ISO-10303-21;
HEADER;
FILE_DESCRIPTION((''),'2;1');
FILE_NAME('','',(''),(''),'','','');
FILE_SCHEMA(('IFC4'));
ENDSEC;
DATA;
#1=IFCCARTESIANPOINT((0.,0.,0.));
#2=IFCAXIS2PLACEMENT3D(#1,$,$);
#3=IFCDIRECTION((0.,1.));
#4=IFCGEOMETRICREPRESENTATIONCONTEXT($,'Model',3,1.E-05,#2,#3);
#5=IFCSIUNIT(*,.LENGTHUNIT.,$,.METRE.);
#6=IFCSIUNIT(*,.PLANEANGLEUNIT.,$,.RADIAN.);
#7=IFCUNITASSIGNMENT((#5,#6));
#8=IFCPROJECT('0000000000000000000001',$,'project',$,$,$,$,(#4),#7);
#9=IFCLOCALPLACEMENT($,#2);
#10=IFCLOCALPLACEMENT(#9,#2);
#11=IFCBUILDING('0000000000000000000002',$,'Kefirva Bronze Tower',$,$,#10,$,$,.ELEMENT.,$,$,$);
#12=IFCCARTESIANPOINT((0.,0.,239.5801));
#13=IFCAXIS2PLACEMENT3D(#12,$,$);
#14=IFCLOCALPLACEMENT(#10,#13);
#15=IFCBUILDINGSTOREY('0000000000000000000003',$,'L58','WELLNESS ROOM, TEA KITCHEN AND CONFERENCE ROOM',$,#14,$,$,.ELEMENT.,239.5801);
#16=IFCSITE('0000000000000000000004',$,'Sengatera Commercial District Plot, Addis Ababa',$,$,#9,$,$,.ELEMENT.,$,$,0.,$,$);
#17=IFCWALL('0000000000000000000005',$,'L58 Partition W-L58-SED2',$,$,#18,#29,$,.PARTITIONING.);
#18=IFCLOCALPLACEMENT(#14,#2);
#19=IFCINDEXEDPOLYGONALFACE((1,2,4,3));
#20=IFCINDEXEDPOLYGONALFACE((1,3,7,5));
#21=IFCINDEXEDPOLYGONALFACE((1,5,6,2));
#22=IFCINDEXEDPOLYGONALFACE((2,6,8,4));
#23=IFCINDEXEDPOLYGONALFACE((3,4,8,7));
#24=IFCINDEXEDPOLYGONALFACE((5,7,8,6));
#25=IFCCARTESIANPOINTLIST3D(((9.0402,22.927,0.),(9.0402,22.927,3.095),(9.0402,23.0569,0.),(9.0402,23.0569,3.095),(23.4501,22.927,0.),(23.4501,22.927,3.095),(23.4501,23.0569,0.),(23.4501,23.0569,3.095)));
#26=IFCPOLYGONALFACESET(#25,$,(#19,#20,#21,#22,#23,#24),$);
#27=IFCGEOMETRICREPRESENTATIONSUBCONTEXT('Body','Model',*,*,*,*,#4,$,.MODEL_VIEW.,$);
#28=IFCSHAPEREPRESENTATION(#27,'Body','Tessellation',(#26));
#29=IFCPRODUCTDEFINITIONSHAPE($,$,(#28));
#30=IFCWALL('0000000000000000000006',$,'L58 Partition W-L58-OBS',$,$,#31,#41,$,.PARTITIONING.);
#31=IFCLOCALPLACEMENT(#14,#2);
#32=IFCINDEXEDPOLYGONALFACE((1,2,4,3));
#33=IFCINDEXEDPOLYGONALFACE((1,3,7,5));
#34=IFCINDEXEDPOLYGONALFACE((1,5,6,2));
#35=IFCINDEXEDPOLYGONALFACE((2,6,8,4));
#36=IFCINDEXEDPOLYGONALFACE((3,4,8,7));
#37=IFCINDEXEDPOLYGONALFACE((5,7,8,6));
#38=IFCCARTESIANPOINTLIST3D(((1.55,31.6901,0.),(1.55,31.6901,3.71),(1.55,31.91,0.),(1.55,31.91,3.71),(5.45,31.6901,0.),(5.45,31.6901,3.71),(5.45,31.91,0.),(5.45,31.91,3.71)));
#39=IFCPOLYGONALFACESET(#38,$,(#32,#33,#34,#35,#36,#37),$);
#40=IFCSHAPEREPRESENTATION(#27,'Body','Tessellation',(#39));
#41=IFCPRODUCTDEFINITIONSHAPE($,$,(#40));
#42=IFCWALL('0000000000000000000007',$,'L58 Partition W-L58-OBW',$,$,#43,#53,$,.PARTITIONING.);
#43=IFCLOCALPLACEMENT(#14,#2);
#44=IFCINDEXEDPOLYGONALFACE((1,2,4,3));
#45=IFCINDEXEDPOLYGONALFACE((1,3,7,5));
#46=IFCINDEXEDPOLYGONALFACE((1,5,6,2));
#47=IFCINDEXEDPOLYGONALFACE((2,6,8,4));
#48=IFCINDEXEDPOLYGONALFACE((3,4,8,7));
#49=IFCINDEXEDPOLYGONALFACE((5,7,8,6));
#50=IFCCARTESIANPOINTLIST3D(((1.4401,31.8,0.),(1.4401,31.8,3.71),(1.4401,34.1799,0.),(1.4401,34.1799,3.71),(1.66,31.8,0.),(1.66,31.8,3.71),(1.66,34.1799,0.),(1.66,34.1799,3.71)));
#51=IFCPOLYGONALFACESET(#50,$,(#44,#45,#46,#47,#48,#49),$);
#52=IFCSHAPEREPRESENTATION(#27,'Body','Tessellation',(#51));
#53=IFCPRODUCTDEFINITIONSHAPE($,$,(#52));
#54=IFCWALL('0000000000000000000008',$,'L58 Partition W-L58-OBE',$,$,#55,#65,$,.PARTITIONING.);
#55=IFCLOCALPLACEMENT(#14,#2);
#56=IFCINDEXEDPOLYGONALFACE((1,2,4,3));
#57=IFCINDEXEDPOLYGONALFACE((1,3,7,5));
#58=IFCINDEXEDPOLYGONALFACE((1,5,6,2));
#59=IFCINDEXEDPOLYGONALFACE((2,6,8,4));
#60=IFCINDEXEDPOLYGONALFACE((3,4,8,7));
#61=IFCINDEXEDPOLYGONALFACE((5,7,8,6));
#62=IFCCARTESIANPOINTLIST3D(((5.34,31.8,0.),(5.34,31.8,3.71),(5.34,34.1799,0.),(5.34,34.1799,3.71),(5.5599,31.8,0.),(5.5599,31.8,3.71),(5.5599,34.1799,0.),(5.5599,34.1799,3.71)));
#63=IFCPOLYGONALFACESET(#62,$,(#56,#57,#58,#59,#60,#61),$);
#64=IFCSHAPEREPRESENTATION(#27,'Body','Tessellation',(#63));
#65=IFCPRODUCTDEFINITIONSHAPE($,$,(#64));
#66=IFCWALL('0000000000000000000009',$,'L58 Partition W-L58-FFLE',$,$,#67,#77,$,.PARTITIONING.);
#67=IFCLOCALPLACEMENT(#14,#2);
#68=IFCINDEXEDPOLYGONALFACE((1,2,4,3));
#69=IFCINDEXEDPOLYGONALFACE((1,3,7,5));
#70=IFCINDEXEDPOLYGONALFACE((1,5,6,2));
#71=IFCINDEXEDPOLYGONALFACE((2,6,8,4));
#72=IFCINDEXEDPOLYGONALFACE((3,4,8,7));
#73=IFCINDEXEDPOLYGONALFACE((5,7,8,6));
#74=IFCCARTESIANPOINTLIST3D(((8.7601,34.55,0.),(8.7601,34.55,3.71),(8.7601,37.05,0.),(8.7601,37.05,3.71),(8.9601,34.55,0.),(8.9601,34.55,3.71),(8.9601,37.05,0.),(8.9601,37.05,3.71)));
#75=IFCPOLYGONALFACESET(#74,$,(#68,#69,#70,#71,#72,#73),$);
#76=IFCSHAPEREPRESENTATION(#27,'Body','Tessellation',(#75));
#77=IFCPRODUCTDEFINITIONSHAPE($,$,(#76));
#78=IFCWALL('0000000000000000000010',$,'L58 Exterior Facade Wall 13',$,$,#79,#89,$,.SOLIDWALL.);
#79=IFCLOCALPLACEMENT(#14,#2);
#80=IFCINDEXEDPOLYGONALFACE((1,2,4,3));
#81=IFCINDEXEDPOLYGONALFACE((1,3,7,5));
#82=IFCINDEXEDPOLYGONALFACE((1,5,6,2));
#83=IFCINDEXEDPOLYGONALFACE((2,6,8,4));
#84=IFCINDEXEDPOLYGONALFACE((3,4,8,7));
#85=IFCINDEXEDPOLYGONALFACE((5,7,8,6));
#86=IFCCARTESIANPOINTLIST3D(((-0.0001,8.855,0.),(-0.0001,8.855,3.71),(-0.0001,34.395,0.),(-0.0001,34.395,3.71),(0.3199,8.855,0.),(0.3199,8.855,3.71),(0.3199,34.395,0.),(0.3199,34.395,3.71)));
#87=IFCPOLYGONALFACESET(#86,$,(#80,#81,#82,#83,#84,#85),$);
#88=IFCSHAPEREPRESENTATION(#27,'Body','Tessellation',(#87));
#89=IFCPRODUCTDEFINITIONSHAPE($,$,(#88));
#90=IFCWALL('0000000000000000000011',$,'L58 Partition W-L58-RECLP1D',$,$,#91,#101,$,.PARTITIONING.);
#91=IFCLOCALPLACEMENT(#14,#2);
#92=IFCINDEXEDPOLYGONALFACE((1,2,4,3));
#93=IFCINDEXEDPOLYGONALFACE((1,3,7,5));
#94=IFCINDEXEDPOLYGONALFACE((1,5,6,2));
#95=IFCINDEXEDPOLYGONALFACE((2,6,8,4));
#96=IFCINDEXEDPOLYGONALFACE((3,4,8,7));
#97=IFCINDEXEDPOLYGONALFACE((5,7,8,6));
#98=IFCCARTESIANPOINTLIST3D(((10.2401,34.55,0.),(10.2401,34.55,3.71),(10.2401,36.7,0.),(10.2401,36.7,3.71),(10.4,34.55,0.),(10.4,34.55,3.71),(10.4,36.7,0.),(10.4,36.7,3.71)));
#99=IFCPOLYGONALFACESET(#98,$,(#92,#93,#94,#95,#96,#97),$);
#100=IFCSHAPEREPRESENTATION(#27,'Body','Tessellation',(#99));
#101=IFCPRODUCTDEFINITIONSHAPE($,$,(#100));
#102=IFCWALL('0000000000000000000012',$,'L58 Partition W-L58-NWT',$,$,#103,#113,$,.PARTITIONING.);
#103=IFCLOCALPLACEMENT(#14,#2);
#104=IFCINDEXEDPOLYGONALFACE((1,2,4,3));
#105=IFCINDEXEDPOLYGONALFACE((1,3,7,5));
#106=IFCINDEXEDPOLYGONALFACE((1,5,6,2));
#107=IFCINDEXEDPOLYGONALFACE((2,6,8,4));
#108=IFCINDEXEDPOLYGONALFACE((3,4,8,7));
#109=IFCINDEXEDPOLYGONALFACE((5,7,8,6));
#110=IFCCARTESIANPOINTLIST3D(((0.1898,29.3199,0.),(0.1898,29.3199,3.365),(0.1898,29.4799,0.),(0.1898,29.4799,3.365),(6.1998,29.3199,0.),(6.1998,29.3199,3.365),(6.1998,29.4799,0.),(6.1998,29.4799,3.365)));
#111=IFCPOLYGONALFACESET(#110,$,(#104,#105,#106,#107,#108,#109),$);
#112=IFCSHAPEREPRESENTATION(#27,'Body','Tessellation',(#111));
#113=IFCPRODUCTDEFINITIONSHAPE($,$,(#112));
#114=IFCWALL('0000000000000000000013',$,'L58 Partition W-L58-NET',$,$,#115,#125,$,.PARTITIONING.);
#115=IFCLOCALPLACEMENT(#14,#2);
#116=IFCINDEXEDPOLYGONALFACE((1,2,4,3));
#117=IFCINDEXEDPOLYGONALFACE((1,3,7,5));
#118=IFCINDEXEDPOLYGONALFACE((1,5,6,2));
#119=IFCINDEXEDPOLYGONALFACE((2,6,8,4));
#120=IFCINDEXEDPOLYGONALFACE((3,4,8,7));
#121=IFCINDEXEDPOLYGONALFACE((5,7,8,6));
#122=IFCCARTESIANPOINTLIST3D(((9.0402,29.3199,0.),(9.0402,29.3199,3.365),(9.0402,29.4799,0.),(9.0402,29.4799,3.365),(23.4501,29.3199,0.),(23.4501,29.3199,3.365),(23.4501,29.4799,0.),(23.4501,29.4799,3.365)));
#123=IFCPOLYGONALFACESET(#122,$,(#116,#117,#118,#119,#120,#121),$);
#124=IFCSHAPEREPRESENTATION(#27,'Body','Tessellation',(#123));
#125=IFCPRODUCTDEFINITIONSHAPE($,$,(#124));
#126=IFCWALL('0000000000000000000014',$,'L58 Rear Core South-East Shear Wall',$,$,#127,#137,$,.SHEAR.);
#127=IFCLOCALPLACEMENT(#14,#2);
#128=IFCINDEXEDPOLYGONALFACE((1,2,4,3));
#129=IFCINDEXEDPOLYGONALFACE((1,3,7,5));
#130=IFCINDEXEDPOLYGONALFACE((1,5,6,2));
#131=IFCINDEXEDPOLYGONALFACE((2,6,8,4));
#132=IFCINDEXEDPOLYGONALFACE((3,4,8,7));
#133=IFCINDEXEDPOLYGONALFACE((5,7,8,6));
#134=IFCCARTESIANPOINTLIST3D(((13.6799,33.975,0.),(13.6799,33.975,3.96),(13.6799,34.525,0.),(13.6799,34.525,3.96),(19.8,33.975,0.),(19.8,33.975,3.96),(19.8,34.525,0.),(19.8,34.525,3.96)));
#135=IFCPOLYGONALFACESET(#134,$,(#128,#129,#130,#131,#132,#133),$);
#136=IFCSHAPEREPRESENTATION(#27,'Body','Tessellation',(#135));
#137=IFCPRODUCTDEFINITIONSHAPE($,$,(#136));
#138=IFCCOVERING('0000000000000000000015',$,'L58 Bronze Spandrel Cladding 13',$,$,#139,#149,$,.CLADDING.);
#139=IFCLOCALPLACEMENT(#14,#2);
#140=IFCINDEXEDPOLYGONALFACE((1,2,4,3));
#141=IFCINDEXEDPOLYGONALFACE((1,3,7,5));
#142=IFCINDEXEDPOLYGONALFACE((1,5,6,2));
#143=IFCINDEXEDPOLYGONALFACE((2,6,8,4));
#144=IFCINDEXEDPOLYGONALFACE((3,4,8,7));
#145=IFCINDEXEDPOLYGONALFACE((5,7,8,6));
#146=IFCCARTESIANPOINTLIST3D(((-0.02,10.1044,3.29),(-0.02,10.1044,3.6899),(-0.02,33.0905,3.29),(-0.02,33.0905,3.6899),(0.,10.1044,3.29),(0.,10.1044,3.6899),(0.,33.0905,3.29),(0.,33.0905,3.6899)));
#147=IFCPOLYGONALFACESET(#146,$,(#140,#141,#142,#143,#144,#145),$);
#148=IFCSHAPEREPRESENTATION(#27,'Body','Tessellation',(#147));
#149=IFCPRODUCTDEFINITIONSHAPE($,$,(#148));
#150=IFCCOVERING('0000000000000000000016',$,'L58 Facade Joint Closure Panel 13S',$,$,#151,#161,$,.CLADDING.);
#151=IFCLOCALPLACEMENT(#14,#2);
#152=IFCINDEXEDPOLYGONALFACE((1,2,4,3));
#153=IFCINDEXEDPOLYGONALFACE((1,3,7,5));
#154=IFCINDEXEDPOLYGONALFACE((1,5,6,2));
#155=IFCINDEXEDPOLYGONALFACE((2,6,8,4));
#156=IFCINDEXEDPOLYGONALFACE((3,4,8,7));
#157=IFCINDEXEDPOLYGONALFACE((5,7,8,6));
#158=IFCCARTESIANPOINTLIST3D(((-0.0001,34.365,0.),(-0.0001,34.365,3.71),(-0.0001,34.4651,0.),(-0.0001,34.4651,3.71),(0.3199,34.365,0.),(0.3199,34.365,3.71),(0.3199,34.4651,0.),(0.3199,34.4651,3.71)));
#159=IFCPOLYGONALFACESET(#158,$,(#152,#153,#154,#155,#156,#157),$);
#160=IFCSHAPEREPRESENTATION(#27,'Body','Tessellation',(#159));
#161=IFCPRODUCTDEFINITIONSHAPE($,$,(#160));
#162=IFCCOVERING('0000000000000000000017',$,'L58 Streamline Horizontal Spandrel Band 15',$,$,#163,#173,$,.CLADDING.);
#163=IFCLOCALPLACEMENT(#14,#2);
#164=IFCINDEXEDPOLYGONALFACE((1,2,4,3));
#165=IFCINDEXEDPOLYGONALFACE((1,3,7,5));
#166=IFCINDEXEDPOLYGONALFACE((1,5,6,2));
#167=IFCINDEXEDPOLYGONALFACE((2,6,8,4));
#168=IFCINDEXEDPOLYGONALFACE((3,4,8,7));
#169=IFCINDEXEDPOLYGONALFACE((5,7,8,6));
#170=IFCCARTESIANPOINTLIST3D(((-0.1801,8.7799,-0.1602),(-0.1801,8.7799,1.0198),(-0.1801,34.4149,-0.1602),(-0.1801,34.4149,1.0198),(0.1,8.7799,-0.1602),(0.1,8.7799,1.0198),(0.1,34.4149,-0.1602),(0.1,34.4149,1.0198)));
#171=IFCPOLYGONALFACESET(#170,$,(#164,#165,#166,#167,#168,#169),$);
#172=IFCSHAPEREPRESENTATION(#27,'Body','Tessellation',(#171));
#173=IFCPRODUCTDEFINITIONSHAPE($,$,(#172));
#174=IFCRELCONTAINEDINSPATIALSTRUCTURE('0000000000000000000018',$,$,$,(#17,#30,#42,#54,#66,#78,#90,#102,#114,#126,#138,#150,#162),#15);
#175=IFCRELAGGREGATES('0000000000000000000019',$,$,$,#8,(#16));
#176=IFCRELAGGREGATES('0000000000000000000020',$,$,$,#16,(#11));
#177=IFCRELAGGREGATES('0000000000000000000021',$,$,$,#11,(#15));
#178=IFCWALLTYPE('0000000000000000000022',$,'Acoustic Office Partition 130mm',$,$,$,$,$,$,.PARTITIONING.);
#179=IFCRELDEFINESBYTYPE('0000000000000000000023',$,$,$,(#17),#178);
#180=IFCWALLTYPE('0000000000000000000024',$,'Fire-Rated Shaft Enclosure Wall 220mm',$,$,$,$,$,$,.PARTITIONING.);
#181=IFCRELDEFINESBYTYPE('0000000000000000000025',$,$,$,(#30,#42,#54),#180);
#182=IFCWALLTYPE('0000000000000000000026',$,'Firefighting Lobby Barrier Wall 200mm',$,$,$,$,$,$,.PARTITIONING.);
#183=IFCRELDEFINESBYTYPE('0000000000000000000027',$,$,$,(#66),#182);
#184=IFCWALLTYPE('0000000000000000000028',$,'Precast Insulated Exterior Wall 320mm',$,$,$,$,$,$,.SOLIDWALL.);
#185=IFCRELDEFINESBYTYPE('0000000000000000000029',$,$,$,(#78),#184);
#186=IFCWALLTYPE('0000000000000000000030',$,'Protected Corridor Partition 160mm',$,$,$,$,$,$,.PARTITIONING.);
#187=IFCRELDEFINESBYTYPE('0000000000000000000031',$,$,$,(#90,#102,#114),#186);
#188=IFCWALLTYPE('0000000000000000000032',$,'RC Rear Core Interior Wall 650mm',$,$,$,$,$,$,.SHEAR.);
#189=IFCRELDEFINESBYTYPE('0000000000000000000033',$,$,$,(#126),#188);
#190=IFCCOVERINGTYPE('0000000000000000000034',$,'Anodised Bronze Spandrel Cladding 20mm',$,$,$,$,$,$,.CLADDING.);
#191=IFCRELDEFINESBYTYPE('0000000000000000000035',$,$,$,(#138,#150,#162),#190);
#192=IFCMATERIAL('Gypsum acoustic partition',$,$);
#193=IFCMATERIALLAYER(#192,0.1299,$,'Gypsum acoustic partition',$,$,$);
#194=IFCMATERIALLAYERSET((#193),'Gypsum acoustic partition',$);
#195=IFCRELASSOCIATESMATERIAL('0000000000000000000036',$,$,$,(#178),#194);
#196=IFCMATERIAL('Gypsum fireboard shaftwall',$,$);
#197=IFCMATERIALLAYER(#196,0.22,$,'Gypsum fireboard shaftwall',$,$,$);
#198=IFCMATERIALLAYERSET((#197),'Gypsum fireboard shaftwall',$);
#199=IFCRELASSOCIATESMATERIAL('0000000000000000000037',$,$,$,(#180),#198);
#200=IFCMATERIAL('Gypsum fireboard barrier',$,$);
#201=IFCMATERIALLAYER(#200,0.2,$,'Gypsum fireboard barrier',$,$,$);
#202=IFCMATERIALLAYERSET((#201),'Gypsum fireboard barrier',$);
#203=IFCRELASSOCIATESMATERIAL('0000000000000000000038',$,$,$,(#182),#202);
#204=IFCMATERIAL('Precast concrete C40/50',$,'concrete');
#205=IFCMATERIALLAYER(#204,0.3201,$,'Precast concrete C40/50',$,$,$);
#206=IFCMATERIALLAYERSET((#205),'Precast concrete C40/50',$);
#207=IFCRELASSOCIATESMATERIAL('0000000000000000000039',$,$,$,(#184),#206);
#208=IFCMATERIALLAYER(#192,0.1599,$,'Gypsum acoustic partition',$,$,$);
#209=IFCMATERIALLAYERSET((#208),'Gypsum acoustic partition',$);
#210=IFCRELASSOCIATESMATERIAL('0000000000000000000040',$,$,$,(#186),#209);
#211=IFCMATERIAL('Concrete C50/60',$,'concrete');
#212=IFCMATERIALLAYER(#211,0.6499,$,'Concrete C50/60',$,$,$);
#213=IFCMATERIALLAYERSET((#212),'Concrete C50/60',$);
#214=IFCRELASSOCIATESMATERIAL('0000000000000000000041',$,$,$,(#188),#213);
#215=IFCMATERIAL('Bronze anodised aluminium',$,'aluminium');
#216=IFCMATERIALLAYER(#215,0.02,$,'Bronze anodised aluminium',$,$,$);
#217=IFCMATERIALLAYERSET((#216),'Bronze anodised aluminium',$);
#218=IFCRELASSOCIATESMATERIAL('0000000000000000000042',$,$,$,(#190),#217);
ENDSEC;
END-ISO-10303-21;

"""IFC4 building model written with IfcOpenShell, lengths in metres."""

from ifc_helpers import new_model, si_unit, direction, frame, frame_2d, origin, origin_2d, place, context, subcontext, project, spatial, rectangle, extrude, material, layer, layer_set, type_object, element, save


model = new_model("IFC4")

# Units and contexts
model_context = context("Model", 3, precision=1e-05, world=origin(), true_north=direction((0.0, 1.0)))
body_context = subcontext(model_context, "Body", "Model", "MODEL_VIEW")
ifc_project = project(units=[si_unit("LENGTHUNIT", "METRE"), si_unit("PLANEANGLEUNIT", "RADIAN")], contexts=[model_context])

# Site, building, storey
site_placement = place(None, origin())
site = spatial("IfcSite", under=ifc_project, at=site_placement, Name="Sengatera Commercial District Plot, Addis Ababa", CompositionType="ELEMENT", RefElevation=0.0)
building_placement = place(site_placement, origin())
building = spatial("IfcBuilding", under=site, at=building_placement, Name="Kefirva Bronze Tower", CompositionType="ELEMENT")
storey_placement = place(building_placement, frame((0.0, 0.0, 239.5801)))
storey = spatial("IfcBuildingStorey", under=building, at=storey_placement, Name="L58", Description="WELLNESS ROOM, TEA KITCHEN AND CONFERENCE ROOM", CompositionType="ELEMENT", Elevation=239.5801)

# Shared definitions
ifc_material_1 = material(Name="Concrete C50/60", Category="concrete")

# Walls
ifc_material_2 = material(Name="Gypsum acoustic partition")
ifc_layer_1 = layer(ifc_material_2, 0.1299, Name="Gypsum acoustic partition")
ifc_layer_set_1 = layer_set([ifc_layer_1], Name="Gypsum acoustic partition")
wall_type_1 = type_object("IfcWallType", Name="Acoustic Office Partition 130mm", PredefinedType="PARTITIONING", material=ifc_layer_set_1)
wall_1_placement = place(storey_placement, frame((9.04, 22.9919, 0.0), z_axis=(0.0, 0.0, 1.0), x_axis=(1.0, 0.0, 0.0)))
element("IfcWall", 1, at=wall_1_placement, inside=storey, type_object=wall_type_1, Name="L58 Partition W-L58-SED2", PredefinedType="PARTITIONING", context=body_context, shape_type="SweptSolid", body=[
    extrude(rectangle(XDim=14.4099, YDim=0.1299, at=frame_2d((7.2051, 0.0))), origin(), (0.0, 0.0, 1.0), 3.095),
])
ifc_material_3 = material(Name="Gypsum fireboard shaftwall")
ifc_layer_2 = layer(ifc_material_3, 0.22, Name="Gypsum fireboard shaftwall")
ifc_layer_set_2 = layer_set([ifc_layer_2], Name="Gypsum fireboard shaftwall")
wall_type_2 = type_object("IfcWallType", Name="Fire-Rated Shaft Enclosure Wall 220mm", PredefinedType="PARTITIONING", material=ifc_layer_set_2)
wall_2_placement = place(storey_placement, frame((1.55, 31.8, 0.0), z_axis=(0.0, 0.0, 1.0), x_axis=(1.0, 0.0, 0.0)))
element("IfcWall", 2, at=wall_2_placement, inside=storey, type_object=wall_type_2, Name="L58 Partition W-L58-OBS", PredefinedType="PARTITIONING", context=body_context, shape_type="SweptSolid", body=[
    extrude(rectangle(XDim=3.8999, YDim=0.22, at=frame_2d((1.95, 0.0))), origin(), (0.0, 0.0, 1.0), 3.71),
])
for number, where, z_axis, x_axis, name in (
    (3, (1.55, 31.8, 0.0), (0.0, 0.0, 1.0), (0.0, 1.0, 0.0), "L58 Partition W-L58-OBW"),
    (4, (5.45, 31.8, 0.0), (0.0, 0.0, 1.0), (0.0, 1.0, 0.0), "L58 Partition W-L58-OBE"),
):
    element("IfcWall", number, at=place(storey_placement, frame(where, z_axis=z_axis, x_axis=x_axis)), inside=storey, type_object=wall_type_2, Name=name, PredefinedType="PARTITIONING", context=body_context, shape_type="SweptSolid", body=[
        extrude(rectangle(XDim=2.3799, YDim=0.22, at=frame_2d((1.1899, 0.0))), origin(), (0.0, 0.0, 1.0), 3.71),
    ])
ifc_material_4 = material(Name="Gypsum fireboard barrier")
ifc_layer_3 = layer(ifc_material_4, 0.2, Name="Gypsum fireboard barrier")
ifc_layer_set_3 = layer_set([ifc_layer_3], Name="Gypsum fireboard barrier")
wall_type_3 = type_object("IfcWallType", Name="Firefighting Lobby Barrier Wall 200mm", PredefinedType="PARTITIONING", material=ifc_layer_set_3)
wall_3_placement = place(storey_placement, frame((8.8601, 34.55, 0.0), z_axis=(0.0, 0.0, 1.0), x_axis=(0.0, 1.0, 0.0)))
element("IfcWall", 5, at=wall_3_placement, inside=storey, type_object=wall_type_3, Name="L58 Partition W-L58-FFLE", PredefinedType="PARTITIONING", context=body_context, shape_type="SweptSolid", body=[
    extrude(rectangle(XDim=2.5, YDim=0.2, at=frame_2d((1.25, 0.0))), origin(), (0.0, 0.0, 1.0), 3.71),
])
ifc_material_5 = material(Name="Precast concrete C40/50", Category="concrete")
ifc_layer_4 = layer(ifc_material_5, 0.3201, Name="Precast concrete C40/50")
ifc_layer_set_4 = layer_set([ifc_layer_4], Name="Precast concrete C40/50")
wall_type_4 = type_object("IfcWallType", Name="Precast Insulated Exterior Wall 320mm", PredefinedType="SOLIDWALL", material=ifc_layer_set_4)
wall_4_placement = place(storey_placement, frame((0.1599, 34.395, 0.0), z_axis=(0.0, 0.0, 1.0), x_axis=(0.0, -1.0, 0.0)))
element("IfcWall", 6, at=wall_4_placement, inside=storey, type_object=wall_type_4, Name="L58 Exterior Facade Wall 13", PredefinedType="SOLIDWALL", context=body_context, shape_type="SweptSolid", body=[
    extrude(rectangle(XDim=25.54, YDim=0.3201, at=frame_2d((12.77, 0.0))), origin(), (0.0, 0.0, 1.0), 3.71),
])
ifc_layer_5 = layer(ifc_material_2, 0.1599, Name="Gypsum acoustic partition")
ifc_layer_set_5 = layer_set([ifc_layer_5], Name="Gypsum acoustic partition")
wall_type_5 = type_object("IfcWallType", Name="Protected Corridor Partition 160mm", PredefinedType="PARTITIONING", material=ifc_layer_set_5)
wall_5_placement = place(storey_placement, frame((10.3201, 34.55, 0.0), z_axis=(0.0, 0.0, 1.0), x_axis=(0.0, 1.0, 0.0)))
element("IfcWall", 7, at=wall_5_placement, inside=storey, type_object=wall_type_5, Name="L58 Partition W-L58-RECLP1D", PredefinedType="PARTITIONING", context=body_context, shape_type="SweptSolid", body=[
    extrude(rectangle(XDim=2.1499, YDim=0.1599, at=frame_2d((1.075, 0.0))), origin(), (0.0, 0.0, 1.0), 3.71),
])
wall_6_placement = place(storey_placement, frame((0.1899, 29.3999, 0.0), z_axis=(0.0, 0.0, 1.0), x_axis=(1.0, 0.0, 0.0)))
element("IfcWall", 8, at=wall_6_placement, inside=storey, type_object=wall_type_5, Name="L58 Partition W-L58-NWT", PredefinedType="PARTITIONING", context=body_context, shape_type="SweptSolid", body=[
    extrude(rectangle(XDim=6.01, YDim=0.1599, at=frame_2d((3.0049, 0.0))), origin(), (0.0, 0.0, 1.0), 3.365),
])
wall_7_placement = place(storey_placement, frame((9.04, 29.3999, 0.0), z_axis=(0.0, 0.0, 1.0), x_axis=(1.0, 0.0, 0.0)))
element("IfcWall", 9, at=wall_7_placement, inside=storey, type_object=wall_type_5, Name="L58 Partition W-L58-NET", PredefinedType="PARTITIONING", context=body_context, shape_type="SweptSolid", body=[
    extrude(rectangle(XDim=14.4099, YDim=0.1599, at=frame_2d((7.2051, 0.0))), origin(), (0.0, 0.0, 1.0), 3.365),
])

# Shared definitions
ifc_layer_6 = layer(ifc_material_1, 0.6499, Name="Concrete C50/60")
ifc_layer_set_6 = layer_set([ifc_layer_6], Name="Concrete C50/60")
wall_type_6 = type_object("IfcWallType", Name="RC Rear Core Interior Wall 650mm", PredefinedType="SHEAR", material=ifc_layer_set_6)

# Wall
wall_8_placement = place(storey_placement, frame((13.6799, 34.25, 0.0), z_axis=(0.0, 0.0, 1.0), x_axis=(1.0, 0.0, 0.0)))
element("IfcWall", 10, at=wall_8_placement, inside=storey, type_object=wall_type_6, Name="L58 Rear Core South-East Shear Wall", PredefinedType="SHEAR", context=body_context, shape_type="SweptSolid", body=[
    extrude(rectangle(XDim=6.1201, YDim=0.55, at=frame_2d((3.0601, 0.0))), origin(), (0.0, 0.0, 1.0), 3.96),
])

# Coverings
ifc_material_6 = material(Name="Bronze anodised aluminium", Category="aluminium")
ifc_layer_7 = layer(ifc_material_6, 0.02, Name="Bronze anodised aluminium")
ifc_layer_set_7 = layer_set([ifc_layer_7], Name="Bronze anodised aluminium")
covering_type_1 = type_object("IfcCoveringType", Name="Anodised Bronze Spandrel Cladding 20mm", PredefinedType="CLADDING", material=ifc_layer_set_7)
covering_1_placement = place(storey_placement, frame((-0.01, 21.5974, 3.29), z_axis=(0.0, 0.0, 1.0), x_axis=(0.0, -1.0, 0.0)))
element("IfcCovering", 11, at=covering_1_placement, inside=storey, type_object=covering_type_1, Name="L58 Bronze Spandrel Cladding 13", PredefinedType="CLADDING", context=body_context, shape_type="SweptSolid", body=[
    extrude(rectangle(XDim=22.9861, YDim=0.02, at=origin_2d()), origin(), (0.0, 0.0, 1.0), 0.3999),
])
covering_2_placement = place(storey_placement, frame((0.1599, 34.415, 0.0), z_axis=(0.0, 0.0, 1.0), x_axis=(0.0, -1.0, 0.0)))
element("IfcCovering", 12, at=covering_2_placement, inside=storey, type_object=covering_type_1, Name="L58 Facade Joint Closure Panel 13S", PredefinedType="CLADDING", context=body_context, shape_type="SweptSolid", body=[
    extrude(rectangle(XDim=0.1001, YDim=0.3201, at=origin_2d()), origin(), (0.0, 0.0, 1.0), 3.71),
])
covering_3_placement = place(storey_placement, frame((-0.04, 21.5974, -0.1602), z_axis=(0.0, 0.0, 1.0), x_axis=(0.0, -1.0, 0.0)))
element("IfcCovering", 13, at=covering_3_placement, inside=storey, type_object=covering_type_1, Name="L58 Streamline Horizontal Spandrel Band 15", PredefinedType="CLADDING", context=body_context, shape_type="SweptSolid", body=[
    extrude(rectangle(XDim=25.635, YDim=0.28, at=origin_2d()), origin(), (0.0, 0.0, 1.0), 1.1799),
])

save(model, "model.ifc")
